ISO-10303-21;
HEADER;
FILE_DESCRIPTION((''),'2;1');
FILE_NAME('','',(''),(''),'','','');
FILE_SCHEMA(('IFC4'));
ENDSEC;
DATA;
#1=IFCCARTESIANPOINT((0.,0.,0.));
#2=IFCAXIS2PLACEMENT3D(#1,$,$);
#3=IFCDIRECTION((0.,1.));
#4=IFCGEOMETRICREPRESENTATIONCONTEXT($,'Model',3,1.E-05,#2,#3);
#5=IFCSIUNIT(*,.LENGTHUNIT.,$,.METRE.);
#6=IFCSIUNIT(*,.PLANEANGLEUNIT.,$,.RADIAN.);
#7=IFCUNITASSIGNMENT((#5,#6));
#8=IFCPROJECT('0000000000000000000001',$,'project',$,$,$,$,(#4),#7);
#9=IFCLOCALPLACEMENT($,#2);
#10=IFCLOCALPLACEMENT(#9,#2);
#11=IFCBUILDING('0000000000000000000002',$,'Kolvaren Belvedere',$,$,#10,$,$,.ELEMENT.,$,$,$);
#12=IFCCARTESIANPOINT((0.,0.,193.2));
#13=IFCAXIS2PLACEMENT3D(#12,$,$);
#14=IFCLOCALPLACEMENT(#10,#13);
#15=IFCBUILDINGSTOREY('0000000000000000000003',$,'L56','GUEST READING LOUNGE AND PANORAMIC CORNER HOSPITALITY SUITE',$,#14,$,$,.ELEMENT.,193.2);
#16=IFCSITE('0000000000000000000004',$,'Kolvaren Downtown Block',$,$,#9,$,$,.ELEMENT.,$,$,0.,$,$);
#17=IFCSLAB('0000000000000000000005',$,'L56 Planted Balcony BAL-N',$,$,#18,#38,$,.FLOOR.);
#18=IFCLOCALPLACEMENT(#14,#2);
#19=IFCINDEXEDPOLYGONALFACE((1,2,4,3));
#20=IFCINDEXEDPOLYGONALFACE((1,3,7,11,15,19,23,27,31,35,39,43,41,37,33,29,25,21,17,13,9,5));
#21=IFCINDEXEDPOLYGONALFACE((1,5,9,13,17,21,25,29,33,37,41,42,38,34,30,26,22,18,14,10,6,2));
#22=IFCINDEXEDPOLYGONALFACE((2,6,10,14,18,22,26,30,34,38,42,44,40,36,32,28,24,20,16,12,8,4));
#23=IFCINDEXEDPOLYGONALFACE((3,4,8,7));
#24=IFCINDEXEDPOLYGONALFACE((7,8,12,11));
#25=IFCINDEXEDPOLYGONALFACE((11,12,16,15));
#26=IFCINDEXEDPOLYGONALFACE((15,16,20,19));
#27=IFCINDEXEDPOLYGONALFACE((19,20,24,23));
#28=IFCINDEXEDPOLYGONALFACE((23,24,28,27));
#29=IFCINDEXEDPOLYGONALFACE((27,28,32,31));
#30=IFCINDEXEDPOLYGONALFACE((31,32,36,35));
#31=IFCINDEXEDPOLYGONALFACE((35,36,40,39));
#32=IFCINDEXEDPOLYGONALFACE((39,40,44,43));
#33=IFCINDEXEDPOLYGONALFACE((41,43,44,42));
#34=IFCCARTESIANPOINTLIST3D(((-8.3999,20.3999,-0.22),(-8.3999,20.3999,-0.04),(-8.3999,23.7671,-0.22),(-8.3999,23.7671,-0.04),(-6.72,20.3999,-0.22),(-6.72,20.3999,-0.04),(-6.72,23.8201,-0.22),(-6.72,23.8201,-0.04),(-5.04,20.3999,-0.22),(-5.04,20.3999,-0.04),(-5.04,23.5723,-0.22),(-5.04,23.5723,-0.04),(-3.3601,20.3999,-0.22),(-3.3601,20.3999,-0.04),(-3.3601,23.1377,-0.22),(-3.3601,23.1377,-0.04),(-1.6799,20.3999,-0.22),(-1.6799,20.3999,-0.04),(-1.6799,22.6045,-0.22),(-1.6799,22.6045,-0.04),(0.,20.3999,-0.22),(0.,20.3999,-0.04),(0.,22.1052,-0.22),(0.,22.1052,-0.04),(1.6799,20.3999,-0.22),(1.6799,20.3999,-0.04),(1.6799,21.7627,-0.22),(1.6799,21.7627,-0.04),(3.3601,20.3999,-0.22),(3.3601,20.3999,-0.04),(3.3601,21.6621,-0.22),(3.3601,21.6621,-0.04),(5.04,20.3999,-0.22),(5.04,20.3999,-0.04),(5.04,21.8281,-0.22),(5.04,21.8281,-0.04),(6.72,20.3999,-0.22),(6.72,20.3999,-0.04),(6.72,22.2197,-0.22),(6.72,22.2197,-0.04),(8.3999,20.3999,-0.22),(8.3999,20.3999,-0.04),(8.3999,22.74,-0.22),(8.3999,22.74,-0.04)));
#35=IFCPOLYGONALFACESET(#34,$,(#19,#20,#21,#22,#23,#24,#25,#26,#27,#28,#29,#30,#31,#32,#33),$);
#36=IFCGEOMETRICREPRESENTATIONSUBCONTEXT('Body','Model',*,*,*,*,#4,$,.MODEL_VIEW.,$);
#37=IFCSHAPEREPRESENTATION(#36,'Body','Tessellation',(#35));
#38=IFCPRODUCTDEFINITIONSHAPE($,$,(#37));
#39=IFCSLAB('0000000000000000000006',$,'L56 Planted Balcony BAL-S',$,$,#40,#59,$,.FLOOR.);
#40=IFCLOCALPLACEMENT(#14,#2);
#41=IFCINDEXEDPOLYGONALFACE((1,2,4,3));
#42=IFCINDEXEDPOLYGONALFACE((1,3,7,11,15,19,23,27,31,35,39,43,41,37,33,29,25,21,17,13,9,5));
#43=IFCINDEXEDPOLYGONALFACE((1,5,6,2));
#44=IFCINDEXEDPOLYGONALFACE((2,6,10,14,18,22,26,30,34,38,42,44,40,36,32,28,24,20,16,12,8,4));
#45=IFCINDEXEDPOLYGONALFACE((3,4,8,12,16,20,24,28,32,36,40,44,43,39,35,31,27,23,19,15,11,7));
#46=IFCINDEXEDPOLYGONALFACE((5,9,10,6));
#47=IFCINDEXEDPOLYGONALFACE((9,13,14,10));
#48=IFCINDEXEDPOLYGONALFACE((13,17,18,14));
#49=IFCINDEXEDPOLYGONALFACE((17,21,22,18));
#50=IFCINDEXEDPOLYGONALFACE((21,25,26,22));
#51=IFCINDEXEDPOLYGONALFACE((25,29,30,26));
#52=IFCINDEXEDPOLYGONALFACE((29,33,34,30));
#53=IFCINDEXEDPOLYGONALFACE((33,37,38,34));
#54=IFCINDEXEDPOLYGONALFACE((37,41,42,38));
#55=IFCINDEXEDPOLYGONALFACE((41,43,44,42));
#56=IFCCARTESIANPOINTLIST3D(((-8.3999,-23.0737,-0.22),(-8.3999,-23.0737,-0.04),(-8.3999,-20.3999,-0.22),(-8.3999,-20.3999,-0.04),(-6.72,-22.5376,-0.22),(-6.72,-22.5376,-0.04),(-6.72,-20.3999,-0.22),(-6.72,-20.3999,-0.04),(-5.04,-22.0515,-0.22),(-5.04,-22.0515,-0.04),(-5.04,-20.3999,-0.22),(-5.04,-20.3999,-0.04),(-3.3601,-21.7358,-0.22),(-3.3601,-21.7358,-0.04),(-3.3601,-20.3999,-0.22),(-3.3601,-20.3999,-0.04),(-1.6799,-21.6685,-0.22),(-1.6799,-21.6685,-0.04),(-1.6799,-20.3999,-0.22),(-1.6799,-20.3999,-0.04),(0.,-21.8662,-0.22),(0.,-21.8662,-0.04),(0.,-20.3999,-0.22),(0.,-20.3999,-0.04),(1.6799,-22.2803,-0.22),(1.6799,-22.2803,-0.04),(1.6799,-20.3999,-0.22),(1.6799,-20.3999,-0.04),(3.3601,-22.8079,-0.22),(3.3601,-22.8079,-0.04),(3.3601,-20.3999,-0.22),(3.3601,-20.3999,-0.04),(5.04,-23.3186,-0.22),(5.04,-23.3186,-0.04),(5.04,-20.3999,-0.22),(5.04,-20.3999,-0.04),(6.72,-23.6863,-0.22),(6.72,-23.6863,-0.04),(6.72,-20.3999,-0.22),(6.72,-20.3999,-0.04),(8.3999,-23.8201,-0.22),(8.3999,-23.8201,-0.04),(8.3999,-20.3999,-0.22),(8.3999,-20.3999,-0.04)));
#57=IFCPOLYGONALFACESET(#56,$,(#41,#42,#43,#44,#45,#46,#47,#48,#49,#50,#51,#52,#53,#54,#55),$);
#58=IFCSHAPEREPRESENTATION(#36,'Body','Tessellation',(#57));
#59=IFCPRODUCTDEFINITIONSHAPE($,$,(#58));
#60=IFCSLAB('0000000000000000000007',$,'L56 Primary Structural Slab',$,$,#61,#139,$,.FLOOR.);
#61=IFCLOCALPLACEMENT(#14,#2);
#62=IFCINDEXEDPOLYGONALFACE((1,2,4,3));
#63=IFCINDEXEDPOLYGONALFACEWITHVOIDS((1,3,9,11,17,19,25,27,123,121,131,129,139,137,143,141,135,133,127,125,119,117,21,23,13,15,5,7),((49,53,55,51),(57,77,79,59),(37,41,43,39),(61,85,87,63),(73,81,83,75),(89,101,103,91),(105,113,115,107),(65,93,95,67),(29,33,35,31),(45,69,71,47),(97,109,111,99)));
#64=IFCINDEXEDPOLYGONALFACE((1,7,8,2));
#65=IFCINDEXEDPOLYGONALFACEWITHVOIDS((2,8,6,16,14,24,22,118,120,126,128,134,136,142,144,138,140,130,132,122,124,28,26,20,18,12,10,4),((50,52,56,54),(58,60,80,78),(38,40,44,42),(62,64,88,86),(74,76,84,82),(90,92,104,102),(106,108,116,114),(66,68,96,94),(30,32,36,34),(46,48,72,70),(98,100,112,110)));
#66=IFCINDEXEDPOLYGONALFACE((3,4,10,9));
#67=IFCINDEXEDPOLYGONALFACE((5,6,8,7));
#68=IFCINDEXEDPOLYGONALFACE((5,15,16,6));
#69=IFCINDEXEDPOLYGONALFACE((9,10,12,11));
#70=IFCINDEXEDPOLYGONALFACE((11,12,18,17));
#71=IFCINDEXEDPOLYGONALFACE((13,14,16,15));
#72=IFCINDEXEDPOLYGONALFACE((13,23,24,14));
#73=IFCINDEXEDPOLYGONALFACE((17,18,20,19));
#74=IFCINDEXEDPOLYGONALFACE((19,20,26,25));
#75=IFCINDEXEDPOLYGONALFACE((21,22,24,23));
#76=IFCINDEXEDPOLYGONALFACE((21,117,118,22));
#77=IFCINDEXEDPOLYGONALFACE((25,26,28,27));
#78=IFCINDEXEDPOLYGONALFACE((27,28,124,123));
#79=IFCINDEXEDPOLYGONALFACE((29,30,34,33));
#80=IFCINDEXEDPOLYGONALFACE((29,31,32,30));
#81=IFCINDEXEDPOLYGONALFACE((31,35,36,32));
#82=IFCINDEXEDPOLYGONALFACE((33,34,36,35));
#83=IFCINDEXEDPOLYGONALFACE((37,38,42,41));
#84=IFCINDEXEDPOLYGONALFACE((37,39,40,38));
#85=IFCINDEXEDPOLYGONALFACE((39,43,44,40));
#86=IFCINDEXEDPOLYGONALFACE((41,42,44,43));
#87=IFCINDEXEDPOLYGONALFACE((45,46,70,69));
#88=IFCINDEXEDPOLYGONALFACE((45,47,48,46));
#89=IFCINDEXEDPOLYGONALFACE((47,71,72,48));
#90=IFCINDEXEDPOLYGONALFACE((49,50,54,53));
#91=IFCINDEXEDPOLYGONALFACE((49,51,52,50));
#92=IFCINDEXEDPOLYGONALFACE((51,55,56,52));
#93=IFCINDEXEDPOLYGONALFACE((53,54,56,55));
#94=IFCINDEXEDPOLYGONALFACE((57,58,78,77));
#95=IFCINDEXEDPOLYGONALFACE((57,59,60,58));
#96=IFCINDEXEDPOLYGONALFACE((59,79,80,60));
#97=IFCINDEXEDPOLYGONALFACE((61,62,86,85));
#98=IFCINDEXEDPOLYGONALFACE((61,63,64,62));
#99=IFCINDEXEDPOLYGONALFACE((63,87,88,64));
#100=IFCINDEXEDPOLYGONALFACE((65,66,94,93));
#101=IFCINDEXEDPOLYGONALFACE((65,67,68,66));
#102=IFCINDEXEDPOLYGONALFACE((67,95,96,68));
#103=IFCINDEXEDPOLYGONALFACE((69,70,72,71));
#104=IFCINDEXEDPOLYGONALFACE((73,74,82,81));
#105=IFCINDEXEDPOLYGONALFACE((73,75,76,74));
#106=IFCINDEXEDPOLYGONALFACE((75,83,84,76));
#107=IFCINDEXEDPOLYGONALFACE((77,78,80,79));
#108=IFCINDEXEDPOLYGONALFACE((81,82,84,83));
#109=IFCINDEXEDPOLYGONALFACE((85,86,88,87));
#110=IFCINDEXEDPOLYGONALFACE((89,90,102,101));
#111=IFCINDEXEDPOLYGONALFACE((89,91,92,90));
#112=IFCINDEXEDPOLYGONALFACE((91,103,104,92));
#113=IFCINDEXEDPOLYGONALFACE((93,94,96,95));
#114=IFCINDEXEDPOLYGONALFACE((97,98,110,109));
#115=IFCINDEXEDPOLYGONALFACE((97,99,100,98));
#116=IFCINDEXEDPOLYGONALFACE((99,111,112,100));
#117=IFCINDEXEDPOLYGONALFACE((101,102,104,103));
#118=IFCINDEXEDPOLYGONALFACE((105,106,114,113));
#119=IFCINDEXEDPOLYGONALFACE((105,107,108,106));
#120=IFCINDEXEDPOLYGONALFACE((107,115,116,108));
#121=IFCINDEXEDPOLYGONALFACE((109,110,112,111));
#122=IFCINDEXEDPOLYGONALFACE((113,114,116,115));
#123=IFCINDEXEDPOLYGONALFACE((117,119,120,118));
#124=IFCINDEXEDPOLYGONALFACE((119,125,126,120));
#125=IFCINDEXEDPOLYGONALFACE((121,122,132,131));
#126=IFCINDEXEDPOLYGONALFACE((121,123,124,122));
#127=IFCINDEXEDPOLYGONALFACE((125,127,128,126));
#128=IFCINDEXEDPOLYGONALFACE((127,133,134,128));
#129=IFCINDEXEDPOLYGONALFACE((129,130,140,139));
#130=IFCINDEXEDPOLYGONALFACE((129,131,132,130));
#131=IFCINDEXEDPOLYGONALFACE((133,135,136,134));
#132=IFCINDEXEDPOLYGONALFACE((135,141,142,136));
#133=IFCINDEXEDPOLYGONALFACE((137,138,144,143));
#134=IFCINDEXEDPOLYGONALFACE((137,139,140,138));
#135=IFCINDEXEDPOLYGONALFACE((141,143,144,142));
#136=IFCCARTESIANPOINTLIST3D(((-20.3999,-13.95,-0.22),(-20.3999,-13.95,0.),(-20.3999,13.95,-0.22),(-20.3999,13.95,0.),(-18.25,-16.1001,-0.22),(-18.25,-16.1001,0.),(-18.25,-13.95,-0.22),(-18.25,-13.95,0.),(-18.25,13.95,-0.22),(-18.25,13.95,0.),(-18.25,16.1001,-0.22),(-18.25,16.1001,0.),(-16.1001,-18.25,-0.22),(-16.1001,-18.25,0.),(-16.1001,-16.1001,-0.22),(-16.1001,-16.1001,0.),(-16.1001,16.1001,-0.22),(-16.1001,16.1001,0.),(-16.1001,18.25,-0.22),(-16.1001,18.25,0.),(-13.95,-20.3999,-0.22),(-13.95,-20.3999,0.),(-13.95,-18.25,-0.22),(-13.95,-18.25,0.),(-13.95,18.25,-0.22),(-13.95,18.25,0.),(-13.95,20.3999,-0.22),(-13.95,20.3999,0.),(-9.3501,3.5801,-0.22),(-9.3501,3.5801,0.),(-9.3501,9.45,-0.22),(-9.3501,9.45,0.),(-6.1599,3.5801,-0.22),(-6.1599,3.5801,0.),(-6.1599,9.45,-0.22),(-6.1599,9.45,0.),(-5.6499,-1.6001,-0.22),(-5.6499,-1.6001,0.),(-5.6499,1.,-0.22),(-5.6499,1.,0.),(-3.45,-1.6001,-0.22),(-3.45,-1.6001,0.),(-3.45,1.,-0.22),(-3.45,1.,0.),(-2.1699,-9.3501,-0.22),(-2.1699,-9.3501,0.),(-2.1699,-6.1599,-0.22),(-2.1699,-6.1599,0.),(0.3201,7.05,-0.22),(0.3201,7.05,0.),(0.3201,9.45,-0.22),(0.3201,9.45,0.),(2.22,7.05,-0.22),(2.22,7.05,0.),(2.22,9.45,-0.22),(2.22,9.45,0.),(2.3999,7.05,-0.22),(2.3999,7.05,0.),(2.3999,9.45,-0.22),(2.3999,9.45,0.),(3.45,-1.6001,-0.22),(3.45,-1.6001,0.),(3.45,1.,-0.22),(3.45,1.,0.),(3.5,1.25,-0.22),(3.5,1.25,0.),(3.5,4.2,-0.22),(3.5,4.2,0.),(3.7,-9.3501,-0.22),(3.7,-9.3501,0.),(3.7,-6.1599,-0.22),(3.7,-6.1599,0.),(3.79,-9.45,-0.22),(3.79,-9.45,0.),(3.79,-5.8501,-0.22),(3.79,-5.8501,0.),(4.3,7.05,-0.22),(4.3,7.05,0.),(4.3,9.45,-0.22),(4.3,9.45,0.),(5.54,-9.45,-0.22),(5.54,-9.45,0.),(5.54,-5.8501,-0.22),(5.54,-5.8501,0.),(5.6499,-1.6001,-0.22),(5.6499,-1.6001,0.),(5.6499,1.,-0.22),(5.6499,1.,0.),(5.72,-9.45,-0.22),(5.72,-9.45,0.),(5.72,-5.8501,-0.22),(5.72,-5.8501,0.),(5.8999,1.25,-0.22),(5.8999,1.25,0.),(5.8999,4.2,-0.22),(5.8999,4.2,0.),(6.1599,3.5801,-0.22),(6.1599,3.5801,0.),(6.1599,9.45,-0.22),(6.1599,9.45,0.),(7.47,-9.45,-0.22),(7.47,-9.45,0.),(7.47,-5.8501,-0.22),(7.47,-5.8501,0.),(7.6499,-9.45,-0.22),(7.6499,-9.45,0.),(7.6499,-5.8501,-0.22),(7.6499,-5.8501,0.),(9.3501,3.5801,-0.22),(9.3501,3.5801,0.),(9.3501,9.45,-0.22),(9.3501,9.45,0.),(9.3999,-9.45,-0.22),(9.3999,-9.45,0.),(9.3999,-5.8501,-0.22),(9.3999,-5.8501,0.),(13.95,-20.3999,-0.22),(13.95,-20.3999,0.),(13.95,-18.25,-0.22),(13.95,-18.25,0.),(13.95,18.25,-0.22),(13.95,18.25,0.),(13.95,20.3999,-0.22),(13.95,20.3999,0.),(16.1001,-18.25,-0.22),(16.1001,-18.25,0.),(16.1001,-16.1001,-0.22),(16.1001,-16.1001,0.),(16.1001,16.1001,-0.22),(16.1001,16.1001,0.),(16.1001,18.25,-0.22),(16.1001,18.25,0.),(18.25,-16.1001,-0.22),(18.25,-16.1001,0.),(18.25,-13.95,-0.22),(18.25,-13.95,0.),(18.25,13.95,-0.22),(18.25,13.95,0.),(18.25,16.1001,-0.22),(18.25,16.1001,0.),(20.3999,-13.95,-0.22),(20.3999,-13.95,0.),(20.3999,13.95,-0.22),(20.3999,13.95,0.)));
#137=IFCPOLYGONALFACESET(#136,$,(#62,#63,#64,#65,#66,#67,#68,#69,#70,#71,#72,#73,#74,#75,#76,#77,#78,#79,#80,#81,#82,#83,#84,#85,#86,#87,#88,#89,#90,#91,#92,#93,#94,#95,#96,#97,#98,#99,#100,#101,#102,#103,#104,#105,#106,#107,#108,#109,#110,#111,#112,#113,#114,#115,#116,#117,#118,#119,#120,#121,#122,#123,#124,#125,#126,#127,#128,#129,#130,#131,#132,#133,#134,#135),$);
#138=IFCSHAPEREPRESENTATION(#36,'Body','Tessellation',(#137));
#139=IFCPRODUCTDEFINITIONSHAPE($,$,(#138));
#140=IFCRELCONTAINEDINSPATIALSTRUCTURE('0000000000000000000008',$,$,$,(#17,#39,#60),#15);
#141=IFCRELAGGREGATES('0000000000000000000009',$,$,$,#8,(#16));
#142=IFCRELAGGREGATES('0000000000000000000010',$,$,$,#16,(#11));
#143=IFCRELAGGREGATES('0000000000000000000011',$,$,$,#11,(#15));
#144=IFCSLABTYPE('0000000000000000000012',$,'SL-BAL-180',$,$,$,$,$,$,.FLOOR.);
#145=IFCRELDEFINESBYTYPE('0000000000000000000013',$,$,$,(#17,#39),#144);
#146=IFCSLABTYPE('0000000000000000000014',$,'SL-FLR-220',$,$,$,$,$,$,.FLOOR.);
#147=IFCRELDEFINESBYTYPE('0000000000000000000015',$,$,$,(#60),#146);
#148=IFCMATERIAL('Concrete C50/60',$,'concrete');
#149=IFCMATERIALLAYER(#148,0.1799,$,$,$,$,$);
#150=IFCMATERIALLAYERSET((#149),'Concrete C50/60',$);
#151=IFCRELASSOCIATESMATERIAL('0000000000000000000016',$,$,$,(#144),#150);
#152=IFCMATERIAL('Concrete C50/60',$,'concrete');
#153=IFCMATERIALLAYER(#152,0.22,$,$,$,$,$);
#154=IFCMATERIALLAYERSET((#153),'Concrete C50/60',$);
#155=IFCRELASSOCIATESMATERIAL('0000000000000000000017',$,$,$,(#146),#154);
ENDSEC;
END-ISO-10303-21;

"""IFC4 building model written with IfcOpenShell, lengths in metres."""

from ifc_helpers import new_model, si_unit, direction, frame, origin, place, context, subcontext, project, spatial, polyline, outline, extrude, material, layer, layer_set, type_object, element, save


model = new_model("IFC4")

# Units and contexts
model_context = context("Model", 3, precision=1e-05, world=origin(), true_north=direction((0.0, 1.0)))
body_context = subcontext(model_context, "Body", "Model", "MODEL_VIEW")
ifc_project = project(units=[si_unit("LENGTHUNIT", "METRE"), si_unit("PLANEANGLEUNIT", "RADIAN")], contexts=[model_context])

# Site, building, storey
site_placement = place(None, origin())
site = spatial("IfcSite", under=ifc_project, at=site_placement, Name="Kolvaren Downtown Block", CompositionType="ELEMENT", RefElevation=0.0)
building_placement = place(site_placement, origin())
building = spatial("IfcBuilding", under=site, at=building_placement, Name="Kolvaren Belvedere", CompositionType="ELEMENT")
storey_placement = place(building_placement, frame((0.0, 0.0, 193.2)))
storey = spatial("IfcBuildingStorey", under=building, at=storey_placement, Name="L56", Description="GUEST READING LOUNGE AND PANORAMIC CORNER HOSPITALITY SUITE", CompositionType="ELEMENT", Elevation=193.2)

# Slabs
ifc_material_1 = material(Name="Concrete C50/60", Category="concrete")
ifc_layer_1 = layer(ifc_material_1, 0.1799)
ifc_layer_set_1 = layer_set([ifc_layer_1], Name="Concrete C50/60")
slab_type_1 = type_object("IfcSlabType", Name="SL-BAL-180", PredefinedType="FLOOR", material=ifc_layer_set_1)
slab_1_placement = place(storey_placement, frame((0.0, 0.0, -0.22)))
element("IfcSlab", 1, at=slab_1_placement, inside=storey, type_object=slab_type_1, Name="L56 Planted Balcony BAL-N", PredefinedType="FLOOR", context=body_context, shape_type="SweptSolid", body=[
    extrude(outline(polyline([(-8.3999, 20.3999), (-6.72, 20.3999), (-5.04, 20.3999), (-3.3601, 20.3999), (-1.6799, 20.3999), (0.0, 20.3999), (1.6799, 20.3999), (3.3601, 20.3999), (5.04, 20.3999), (6.72, 20.3999), (8.3999, 20.3999), (8.3999, 22.74), (6.72, 22.2197), (5.04, 21.8281), (3.3601, 21.6621), (1.6799, 21.7627), (0.0, 22.1052), (-1.6799, 22.6045), (-3.3601, 23.1377), (-5.04, 23.5723), (-6.72, 23.8201), (-8.3999, 23.7671), (-8.3999, 20.3999)])), origin(), (0.0, 0.0, 1.0), 0.1799),
])
slab_2_placement = place(storey_placement, frame((0.0, 0.0, -0.22)))
element("IfcSlab", 2, at=slab_2_placement, inside=storey, type_object=slab_type_1, Name="L56 Planted Balcony BAL-S", PredefinedType="FLOOR", context=body_context, shape_type="SweptSolid", body=[
    extrude(outline(polyline([(-8.3999, -23.0737), (-6.72, -22.5376), (-5.04, -22.0515), (-3.3601, -21.7358), (-1.6799, -21.6685), (0.0, -21.8662), (1.6799, -22.2803), (3.3601, -22.8079), (5.04, -23.3186), (6.72, -23.6863), (8.3999, -23.8201), (8.3999, -20.3999), (6.72, -20.3999), (5.04, -20.3999), (3.3601, -20.3999), (1.6799, -20.3999), (0.0, -20.3999), (-1.6799, -20.3999), (-3.3601, -20.3999), (-5.04, -20.3999), (-6.72, -20.3999), (-8.3999, -20.3999), (-8.3999, -23.0737)])), origin(), (0.0, 0.0, 1.0), 0.1799),
])
ifc_material_2 = material(Name="Concrete C50/60", Category="concrete")
ifc_layer_2 = layer(ifc_material_2, 0.22)
ifc_layer_set_2 = layer_set([ifc_layer_2], Name="Concrete C50/60")
slab_type_2 = type_object("IfcSlabType", Name="SL-FLR-220", PredefinedType="FLOOR", material=ifc_layer_set_2)
slab_3_placement = place(storey_placement, frame((0.0, 0.0, -0.22)))
element("IfcSlab", 3, at=slab_3_placement, inside=storey, type_object=slab_type_2, Name="L56 Primary Structural Slab", PredefinedType="FLOOR", context=body_context, shape_type="SweptSolid", body=[
    extrude(outline(polyline([(-13.95, -20.3999), (13.95, -20.3999), (13.95, -18.25), (16.1001, -18.25), (16.1001, -16.1001), (18.25, -16.1001), (18.25, -13.95), (20.3999, -13.95), (20.3999, 13.95), (18.25, 13.95), (18.25, 16.1001), (16.1001, 16.1001), (16.1001, 18.25), (13.95, 18.25), (13.95, 20.3999), (-13.95, 20.3999), (-13.95, 18.25), (-16.1001, 18.25), (-16.1001, 16.1001), (-18.25, 16.1001), (-18.25, 13.95), (-20.3999, 13.95), (-20.3999, -13.95), (-18.25, -13.95), (-18.25, -16.1001), (-16.1001, -16.1001), (-16.1001, -18.25), (-13.95, -18.25), (-13.95, -20.3999)]), holes=[polyline([(-9.3501, 3.5801), (-6.1599, 3.5801), (-6.1599, 9.45), (-9.3501, 9.45), (-9.3501, 3.5801)]), polyline([(6.1599, 3.5801), (9.3501, 3.5801), (9.3501, 9.45), (6.1599, 9.45), (6.1599, 3.5801)]), polyline([(-2.1699, -9.3501), (3.7, -9.3501), (3.7, -6.1599), (-2.1699, -6.1599), (-2.1699, -9.3501)]), polyline([(-5.6499, -1.6001), (-3.45, -1.6001), (-3.45, 1.0), (-5.6499, 1.0), (-5.6499, -1.6001)]), polyline([(3.5, 1.25), (5.8999, 1.25), (5.8999, 4.2), (3.5, 4.2), (3.5, 1.25)]), polyline([(3.45, -1.6001), (5.6499, -1.6001), (5.6499, 1.0), (3.45, 1.0), (3.45, -1.6001)]), polyline([(3.79, -9.45), (5.54, -9.45), (5.54, -5.8501), (3.79, -5.8501), (3.79, -9.45)]), polyline([(5.72, -9.45), (7.47, -9.45), (7.47, -5.8501), (5.72, -5.8501), (5.72, -9.45)]), polyline([(7.6499, -9.45), (9.3999, -9.45), (9.3999, -5.8501), (7.6499, -5.8501), (7.6499, -9.45)]), polyline([(0.3201, 7.05), (2.22, 7.05), (2.22, 9.45), (0.3201, 9.45), (0.3201, 7.05)]), polyline([(2.3999, 7.05), (4.3, 7.05), (4.3, 9.45), (2.3999, 9.45), (2.3999, 7.05)])]), origin(), (0.0, 0.0, 1.0), 0.22),
])

save(model, "model.ifc")
